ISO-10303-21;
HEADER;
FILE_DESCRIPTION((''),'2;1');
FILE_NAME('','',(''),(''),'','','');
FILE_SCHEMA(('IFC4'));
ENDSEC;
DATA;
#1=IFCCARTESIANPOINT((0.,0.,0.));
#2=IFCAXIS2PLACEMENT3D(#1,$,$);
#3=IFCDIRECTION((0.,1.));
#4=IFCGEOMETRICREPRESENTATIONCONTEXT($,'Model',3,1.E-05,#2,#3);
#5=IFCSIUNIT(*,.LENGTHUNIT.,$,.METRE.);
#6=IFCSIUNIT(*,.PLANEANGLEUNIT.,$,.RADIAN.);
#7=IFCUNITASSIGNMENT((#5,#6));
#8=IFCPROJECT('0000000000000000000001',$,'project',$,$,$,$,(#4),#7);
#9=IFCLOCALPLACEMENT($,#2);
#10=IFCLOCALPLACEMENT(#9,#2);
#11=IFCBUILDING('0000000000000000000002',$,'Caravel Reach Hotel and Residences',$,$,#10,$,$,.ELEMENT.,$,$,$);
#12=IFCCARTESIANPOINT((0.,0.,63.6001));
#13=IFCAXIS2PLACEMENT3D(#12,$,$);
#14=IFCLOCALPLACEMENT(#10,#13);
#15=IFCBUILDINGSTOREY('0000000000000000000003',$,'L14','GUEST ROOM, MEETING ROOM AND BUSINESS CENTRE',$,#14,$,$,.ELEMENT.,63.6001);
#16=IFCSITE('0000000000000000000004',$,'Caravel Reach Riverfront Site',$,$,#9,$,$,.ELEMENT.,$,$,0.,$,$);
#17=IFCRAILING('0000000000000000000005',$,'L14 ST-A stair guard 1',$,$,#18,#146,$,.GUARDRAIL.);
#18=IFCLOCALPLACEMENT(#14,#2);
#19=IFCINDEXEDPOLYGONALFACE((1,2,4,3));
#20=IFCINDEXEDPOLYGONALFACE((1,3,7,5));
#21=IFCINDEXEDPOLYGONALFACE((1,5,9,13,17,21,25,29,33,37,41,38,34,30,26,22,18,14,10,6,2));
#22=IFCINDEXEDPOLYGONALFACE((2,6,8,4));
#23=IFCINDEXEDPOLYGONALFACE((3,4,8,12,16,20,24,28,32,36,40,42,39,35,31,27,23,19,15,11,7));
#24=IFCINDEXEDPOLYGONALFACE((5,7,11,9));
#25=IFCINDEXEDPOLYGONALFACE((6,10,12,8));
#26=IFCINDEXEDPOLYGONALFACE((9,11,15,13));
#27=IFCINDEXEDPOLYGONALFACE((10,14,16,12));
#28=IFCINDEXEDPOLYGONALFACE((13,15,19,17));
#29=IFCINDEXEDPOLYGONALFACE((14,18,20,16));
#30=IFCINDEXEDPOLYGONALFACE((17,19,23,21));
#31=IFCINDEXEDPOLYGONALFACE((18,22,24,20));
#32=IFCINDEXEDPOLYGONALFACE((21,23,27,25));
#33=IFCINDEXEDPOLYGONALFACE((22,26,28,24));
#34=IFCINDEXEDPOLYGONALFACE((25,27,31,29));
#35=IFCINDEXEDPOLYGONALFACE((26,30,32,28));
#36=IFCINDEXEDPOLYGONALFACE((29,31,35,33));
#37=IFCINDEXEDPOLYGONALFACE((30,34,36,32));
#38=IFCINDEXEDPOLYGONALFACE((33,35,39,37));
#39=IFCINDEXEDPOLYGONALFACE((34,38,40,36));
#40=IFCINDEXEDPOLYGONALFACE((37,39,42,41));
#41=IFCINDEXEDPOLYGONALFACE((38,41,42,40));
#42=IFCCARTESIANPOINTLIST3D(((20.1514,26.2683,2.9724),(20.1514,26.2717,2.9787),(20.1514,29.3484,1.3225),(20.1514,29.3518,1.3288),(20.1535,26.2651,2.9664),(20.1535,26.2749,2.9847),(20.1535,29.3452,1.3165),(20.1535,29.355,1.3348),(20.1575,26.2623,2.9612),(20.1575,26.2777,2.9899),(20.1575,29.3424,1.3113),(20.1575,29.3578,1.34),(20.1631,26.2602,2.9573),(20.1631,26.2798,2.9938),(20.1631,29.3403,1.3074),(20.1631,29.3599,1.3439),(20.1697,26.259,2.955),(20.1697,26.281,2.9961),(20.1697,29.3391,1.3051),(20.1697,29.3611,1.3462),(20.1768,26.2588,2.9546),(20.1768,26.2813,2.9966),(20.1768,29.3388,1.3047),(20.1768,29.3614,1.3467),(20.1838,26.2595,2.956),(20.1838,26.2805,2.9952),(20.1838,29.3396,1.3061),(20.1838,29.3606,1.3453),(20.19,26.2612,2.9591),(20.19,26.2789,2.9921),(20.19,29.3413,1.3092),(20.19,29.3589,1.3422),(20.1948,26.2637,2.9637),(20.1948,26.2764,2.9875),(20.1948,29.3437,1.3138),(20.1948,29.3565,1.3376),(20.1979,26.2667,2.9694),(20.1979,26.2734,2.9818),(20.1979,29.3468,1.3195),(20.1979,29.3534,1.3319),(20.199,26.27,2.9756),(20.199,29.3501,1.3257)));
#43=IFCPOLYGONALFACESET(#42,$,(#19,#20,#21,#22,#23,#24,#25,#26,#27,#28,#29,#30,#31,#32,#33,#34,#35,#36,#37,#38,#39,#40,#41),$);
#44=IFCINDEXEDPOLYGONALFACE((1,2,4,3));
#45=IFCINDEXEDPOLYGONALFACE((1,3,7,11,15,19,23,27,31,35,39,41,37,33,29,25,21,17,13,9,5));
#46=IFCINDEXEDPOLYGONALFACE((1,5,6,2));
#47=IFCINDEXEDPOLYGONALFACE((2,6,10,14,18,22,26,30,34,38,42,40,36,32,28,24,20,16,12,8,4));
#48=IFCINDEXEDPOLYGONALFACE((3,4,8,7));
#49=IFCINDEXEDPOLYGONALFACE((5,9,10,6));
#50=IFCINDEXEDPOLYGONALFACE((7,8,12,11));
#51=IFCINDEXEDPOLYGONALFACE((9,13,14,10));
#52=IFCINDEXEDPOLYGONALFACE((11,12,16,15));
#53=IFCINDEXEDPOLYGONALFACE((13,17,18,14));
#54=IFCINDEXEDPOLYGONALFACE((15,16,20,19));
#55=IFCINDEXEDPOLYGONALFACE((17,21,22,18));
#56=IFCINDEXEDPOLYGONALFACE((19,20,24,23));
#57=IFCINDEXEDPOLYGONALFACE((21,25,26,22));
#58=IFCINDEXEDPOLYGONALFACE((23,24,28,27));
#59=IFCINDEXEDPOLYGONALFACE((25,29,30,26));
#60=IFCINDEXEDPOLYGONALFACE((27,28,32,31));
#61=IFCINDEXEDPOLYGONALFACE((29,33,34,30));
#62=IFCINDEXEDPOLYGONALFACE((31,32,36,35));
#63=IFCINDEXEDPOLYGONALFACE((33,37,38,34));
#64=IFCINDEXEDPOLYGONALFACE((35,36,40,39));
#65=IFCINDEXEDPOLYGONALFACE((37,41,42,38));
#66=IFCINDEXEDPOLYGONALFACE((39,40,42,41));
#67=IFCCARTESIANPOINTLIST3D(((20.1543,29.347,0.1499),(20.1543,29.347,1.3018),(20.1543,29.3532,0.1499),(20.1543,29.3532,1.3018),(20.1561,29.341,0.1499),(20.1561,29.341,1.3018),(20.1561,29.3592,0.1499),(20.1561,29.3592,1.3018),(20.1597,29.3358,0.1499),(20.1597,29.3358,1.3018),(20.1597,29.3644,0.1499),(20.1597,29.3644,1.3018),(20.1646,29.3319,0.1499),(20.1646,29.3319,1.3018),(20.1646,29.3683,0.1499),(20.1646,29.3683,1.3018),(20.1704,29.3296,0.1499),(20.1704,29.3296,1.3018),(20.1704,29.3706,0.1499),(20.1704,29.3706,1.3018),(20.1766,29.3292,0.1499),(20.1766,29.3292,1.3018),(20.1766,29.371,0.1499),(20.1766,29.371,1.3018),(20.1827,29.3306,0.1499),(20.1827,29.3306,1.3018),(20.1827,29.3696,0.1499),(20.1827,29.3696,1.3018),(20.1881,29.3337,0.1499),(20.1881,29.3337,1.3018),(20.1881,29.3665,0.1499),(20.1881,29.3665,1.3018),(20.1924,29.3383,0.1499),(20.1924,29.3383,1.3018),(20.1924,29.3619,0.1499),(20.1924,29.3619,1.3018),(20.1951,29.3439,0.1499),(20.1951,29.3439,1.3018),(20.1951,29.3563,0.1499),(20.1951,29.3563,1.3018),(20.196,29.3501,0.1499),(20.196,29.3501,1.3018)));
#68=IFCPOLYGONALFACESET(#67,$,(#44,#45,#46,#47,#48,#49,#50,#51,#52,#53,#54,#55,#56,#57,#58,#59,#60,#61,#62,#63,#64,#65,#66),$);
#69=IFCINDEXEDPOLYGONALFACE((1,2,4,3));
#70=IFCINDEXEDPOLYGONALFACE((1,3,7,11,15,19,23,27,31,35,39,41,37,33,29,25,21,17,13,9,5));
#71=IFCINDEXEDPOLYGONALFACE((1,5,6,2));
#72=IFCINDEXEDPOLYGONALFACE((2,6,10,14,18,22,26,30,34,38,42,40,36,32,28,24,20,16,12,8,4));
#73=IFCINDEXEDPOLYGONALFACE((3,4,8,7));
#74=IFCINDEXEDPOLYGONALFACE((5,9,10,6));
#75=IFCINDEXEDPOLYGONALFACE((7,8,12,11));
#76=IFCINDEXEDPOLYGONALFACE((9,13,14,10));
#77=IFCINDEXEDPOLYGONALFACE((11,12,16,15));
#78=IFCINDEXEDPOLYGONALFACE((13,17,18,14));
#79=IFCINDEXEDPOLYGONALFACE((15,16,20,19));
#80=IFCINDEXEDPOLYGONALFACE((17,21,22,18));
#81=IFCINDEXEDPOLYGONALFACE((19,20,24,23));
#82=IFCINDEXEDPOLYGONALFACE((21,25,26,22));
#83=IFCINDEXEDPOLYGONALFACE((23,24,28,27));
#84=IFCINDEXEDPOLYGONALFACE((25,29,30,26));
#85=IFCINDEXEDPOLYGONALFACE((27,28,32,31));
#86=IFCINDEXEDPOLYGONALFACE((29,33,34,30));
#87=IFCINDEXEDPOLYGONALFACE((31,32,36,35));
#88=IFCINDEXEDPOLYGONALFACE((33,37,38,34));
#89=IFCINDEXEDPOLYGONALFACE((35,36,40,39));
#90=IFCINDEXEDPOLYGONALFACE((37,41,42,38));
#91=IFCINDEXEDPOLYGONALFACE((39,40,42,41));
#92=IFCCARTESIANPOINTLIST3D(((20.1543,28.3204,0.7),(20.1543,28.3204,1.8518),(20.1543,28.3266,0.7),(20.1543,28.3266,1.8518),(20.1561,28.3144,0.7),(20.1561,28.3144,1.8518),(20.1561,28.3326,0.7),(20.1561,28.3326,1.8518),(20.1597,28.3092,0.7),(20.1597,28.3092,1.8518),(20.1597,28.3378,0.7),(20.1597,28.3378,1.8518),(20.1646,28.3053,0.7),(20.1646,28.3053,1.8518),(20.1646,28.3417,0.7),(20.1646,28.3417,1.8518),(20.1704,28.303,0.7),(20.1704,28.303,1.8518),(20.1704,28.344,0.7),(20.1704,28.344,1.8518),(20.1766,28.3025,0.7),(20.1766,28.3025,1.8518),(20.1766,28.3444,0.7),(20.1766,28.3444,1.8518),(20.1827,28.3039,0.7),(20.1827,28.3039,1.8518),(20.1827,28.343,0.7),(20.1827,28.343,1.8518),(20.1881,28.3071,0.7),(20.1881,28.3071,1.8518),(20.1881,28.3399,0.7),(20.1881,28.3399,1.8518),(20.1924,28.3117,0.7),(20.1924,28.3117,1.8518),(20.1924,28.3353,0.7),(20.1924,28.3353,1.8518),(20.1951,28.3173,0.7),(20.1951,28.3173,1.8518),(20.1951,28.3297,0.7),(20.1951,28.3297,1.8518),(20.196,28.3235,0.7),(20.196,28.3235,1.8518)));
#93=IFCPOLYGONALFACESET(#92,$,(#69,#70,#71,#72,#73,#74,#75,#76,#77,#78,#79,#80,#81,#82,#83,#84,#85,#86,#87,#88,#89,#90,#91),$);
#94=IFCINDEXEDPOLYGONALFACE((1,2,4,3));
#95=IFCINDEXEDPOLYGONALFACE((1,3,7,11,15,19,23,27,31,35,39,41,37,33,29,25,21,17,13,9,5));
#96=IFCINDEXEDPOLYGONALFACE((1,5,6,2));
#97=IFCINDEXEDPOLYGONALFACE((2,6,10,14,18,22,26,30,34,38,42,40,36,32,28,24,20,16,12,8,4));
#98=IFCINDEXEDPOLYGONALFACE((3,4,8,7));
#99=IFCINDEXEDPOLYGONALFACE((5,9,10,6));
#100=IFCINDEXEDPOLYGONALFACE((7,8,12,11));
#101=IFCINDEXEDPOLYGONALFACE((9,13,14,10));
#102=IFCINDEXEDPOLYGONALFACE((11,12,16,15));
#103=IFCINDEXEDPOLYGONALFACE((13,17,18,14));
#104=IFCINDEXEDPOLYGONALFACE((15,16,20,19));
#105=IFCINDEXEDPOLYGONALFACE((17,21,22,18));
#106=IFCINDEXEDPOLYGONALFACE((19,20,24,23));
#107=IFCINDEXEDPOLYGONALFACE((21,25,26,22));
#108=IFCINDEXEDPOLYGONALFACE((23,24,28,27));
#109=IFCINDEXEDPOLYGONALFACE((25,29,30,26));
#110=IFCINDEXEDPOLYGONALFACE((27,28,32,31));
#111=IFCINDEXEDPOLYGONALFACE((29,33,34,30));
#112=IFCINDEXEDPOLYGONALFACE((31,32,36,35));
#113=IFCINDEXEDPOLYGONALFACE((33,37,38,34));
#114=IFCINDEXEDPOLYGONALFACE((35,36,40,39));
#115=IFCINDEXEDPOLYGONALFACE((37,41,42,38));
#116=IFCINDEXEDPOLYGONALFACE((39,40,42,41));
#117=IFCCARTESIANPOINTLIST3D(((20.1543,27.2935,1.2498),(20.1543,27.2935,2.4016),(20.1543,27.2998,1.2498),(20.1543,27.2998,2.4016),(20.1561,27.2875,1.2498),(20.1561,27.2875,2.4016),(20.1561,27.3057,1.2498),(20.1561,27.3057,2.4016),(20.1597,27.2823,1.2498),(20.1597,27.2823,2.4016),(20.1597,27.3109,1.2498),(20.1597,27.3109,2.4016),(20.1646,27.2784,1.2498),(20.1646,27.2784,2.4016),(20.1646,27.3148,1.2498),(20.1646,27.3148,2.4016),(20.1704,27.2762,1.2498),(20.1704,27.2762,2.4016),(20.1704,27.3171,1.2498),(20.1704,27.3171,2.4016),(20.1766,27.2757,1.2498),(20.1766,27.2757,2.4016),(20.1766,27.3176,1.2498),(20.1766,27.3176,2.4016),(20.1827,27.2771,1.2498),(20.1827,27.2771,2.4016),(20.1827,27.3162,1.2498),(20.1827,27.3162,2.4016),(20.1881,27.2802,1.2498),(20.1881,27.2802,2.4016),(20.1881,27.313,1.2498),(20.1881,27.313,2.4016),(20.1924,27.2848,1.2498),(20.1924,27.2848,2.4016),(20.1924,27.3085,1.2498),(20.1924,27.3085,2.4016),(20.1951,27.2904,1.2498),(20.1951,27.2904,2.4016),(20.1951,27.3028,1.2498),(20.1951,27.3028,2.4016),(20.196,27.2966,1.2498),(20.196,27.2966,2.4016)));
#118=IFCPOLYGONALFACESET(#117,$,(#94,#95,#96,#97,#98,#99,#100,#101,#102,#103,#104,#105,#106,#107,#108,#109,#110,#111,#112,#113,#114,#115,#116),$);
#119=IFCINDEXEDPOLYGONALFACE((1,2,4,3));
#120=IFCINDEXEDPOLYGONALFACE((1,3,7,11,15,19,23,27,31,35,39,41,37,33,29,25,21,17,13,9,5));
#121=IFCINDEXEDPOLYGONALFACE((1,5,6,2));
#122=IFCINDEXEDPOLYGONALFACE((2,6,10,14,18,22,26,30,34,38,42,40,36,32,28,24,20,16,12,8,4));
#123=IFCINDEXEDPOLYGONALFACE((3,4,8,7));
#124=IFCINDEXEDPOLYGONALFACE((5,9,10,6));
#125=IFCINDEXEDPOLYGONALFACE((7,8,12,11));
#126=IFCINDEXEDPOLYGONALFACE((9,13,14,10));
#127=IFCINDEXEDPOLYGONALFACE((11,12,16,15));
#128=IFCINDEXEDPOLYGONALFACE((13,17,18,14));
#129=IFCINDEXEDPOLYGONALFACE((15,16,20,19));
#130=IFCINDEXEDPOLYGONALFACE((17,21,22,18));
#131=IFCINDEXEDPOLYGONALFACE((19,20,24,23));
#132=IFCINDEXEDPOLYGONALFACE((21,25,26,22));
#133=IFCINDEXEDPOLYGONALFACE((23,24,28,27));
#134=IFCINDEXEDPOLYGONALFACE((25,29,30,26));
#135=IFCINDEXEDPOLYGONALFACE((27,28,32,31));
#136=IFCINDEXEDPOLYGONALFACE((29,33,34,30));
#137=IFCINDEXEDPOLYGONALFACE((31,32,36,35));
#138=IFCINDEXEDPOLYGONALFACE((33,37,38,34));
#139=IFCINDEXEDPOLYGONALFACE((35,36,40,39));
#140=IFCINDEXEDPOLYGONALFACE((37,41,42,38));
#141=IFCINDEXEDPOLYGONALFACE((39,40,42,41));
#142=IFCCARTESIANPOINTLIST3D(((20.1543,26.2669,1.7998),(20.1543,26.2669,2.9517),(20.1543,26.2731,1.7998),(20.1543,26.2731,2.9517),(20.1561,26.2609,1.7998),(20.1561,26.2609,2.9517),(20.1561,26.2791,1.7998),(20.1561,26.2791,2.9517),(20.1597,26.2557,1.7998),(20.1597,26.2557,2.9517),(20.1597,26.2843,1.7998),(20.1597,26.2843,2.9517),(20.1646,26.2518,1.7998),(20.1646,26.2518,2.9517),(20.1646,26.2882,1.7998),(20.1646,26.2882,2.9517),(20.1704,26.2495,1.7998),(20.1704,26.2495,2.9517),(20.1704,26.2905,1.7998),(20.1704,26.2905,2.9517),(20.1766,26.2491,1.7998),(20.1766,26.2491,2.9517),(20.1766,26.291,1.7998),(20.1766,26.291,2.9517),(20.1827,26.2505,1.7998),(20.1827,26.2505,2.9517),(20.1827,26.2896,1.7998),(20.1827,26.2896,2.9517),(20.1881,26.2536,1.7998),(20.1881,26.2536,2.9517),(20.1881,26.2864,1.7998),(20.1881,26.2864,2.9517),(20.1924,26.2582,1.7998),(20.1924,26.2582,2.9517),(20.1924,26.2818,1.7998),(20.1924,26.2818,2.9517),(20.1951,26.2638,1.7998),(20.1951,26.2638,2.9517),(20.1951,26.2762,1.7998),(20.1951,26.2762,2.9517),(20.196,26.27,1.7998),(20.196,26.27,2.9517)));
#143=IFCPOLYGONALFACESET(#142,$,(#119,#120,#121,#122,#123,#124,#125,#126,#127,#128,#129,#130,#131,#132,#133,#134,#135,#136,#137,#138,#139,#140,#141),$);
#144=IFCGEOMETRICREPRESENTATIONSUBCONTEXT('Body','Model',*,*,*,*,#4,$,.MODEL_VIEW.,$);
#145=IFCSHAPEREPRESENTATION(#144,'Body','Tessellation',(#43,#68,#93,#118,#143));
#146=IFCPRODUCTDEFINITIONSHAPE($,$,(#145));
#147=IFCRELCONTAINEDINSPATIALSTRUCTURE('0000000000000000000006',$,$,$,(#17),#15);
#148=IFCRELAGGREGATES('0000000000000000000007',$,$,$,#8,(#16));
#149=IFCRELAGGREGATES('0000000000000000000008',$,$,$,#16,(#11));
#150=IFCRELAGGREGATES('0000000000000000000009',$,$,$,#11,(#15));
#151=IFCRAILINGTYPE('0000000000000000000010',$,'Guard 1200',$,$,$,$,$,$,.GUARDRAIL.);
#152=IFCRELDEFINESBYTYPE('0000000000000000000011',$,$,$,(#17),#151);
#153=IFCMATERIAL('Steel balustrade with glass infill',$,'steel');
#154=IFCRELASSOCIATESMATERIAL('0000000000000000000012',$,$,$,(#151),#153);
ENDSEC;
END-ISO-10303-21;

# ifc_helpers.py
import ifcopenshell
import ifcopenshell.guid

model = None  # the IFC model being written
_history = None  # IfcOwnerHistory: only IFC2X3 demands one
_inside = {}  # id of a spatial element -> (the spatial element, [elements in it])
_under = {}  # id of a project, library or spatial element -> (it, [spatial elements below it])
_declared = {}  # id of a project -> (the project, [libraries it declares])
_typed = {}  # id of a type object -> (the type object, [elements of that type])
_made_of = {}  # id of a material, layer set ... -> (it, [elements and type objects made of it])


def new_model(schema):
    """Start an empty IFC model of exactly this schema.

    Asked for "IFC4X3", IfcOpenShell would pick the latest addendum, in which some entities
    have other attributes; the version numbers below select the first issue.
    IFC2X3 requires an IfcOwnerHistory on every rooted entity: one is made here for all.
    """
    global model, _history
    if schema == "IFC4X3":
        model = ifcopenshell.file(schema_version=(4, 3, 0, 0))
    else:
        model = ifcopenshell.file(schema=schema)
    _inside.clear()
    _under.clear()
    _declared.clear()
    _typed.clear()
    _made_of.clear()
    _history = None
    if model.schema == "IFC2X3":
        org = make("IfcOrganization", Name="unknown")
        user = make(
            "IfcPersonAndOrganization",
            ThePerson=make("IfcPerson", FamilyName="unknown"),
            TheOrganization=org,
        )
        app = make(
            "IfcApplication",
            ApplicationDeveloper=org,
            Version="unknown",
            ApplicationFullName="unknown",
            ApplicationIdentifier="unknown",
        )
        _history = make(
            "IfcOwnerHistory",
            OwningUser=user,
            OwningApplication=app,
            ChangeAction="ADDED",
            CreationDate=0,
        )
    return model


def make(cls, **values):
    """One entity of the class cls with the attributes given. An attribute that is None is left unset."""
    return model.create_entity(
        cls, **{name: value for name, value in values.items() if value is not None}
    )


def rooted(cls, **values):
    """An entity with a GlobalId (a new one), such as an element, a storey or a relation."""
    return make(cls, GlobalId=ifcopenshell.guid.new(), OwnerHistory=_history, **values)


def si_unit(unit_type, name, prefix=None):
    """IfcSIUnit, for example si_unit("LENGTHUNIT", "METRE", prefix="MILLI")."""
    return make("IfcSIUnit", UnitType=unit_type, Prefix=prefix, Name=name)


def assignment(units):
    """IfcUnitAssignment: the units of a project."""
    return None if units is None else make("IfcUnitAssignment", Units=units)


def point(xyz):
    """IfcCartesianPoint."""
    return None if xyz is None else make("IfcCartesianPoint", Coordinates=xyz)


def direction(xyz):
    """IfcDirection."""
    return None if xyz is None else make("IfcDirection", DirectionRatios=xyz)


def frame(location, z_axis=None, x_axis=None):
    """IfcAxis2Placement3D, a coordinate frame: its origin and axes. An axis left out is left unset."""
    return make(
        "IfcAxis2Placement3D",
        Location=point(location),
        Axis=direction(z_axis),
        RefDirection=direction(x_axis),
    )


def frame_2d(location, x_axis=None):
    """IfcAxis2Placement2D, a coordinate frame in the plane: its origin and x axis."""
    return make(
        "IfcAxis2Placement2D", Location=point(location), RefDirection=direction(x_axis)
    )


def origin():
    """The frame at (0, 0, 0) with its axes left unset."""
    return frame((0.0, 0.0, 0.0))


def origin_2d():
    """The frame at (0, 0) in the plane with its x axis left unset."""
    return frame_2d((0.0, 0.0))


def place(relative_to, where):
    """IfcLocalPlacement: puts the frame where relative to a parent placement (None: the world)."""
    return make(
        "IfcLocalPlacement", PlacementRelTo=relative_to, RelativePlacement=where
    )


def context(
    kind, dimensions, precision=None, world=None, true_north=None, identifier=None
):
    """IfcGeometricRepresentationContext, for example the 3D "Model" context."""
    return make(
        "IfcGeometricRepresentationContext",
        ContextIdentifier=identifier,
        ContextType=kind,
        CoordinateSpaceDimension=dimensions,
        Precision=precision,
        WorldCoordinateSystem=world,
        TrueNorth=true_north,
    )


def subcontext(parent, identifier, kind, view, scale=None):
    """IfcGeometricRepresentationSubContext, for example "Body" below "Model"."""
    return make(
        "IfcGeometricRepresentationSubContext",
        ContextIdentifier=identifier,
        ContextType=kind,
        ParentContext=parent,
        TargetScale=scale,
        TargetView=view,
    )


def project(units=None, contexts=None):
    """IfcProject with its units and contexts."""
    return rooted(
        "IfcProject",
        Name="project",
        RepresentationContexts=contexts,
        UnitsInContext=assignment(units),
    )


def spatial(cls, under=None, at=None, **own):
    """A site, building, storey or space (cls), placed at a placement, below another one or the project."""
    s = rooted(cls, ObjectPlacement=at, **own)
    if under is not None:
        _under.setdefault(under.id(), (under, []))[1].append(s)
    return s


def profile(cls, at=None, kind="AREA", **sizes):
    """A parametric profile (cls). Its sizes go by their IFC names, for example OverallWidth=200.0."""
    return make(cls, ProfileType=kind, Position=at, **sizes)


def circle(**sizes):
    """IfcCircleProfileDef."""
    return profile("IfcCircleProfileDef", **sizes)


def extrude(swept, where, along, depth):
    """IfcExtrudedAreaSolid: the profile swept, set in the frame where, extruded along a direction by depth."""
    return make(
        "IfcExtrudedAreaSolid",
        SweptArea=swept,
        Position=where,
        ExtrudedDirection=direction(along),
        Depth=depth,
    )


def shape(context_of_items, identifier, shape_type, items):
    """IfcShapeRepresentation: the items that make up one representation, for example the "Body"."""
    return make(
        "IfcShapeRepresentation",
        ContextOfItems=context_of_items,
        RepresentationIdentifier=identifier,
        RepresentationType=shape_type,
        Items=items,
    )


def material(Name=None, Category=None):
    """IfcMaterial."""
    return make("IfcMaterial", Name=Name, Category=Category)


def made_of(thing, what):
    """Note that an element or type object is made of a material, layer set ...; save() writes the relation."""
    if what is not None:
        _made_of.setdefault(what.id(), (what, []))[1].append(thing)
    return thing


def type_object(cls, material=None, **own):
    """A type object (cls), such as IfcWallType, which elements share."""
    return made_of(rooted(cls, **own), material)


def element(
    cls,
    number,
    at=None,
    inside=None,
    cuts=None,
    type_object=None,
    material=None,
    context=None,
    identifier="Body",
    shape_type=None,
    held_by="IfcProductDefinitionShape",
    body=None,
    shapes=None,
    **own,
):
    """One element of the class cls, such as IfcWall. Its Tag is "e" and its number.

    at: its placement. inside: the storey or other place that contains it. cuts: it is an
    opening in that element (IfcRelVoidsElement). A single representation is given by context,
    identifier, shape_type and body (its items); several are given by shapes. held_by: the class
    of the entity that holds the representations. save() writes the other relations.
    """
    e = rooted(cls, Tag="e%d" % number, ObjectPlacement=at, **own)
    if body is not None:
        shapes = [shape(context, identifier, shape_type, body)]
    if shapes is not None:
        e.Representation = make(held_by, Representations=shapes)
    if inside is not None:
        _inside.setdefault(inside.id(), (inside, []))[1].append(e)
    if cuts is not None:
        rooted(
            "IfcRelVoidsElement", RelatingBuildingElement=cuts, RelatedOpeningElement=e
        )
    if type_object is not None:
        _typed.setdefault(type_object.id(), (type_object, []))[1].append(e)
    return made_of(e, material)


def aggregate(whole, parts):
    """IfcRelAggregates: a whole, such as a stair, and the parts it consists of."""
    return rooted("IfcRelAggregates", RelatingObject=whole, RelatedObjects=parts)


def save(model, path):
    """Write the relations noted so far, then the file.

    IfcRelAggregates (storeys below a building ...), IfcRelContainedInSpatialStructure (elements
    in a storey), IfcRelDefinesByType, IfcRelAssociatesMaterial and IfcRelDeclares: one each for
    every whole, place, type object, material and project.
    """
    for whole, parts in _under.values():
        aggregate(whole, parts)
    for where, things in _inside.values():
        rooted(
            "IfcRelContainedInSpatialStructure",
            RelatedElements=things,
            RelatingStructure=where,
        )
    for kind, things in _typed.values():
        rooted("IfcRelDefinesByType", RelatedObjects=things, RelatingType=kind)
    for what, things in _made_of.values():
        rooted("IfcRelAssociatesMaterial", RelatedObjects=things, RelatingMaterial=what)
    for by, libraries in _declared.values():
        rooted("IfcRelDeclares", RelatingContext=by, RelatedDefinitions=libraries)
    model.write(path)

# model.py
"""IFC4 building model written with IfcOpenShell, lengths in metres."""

from ifc_helpers import new_model, si_unit, direction, frame, origin, origin_2d, place, context, subcontext, project, spatial, circle, extrude, material, type_object, element, save


model = new_model("IFC4")

# Units and contexts
model_context = context("Model", 3, precision=1e-05, world=origin(), true_north=direction((0.0, 1.0)))
body_context = subcontext(model_context, "Body", "Model", "MODEL_VIEW")
ifc_project = project(units=[si_unit("LENGTHUNIT", "METRE"), si_unit("PLANEANGLEUNIT", "RADIAN")], contexts=[model_context])

# Site, building, storey
site_placement = place(None, origin())
site = spatial("IfcSite", under=ifc_project, at=site_placement, Name="Caravel Reach Riverfront Site", CompositionType="ELEMENT", RefElevation=0.0)
building_placement = place(site_placement, origin())
building = spatial("IfcBuilding", under=site, at=building_placement, Name="Caravel Reach Hotel and Residences", CompositionType="ELEMENT")
storey_placement = place(building_placement, frame((0.0, 0.0, 63.6001)))
storey = spatial("IfcBuildingStorey", under=building, at=storey_placement, Name="L14", Description="GUEST ROOM, MEETING ROOM AND BUSINESS CENTRE", CompositionType="ELEMENT", Elevation=63.6001)

# Railing
ifc_material_1 = material(Name="Steel balustrade with glass infill", Category="steel")
railing_type_1 = type_object("IfcRailingType", Name="Guard 1200", PredefinedType="GUARDRAIL", material=ifc_material_1)
railing_1_placement = place(storey_placement, frame((20.175, 29.3501, 0.1499)))
element("IfcRailing", 1, at=railing_1_placement, inside=storey, type_object=railing_type_1, Name="L14 ST-A stair guard 1", PredefinedType="GUARDRAIL", context=body_context, shape_type="SweptSolid", body=[
    extrude(circle(Radius=0.0239, at=origin_2d()), frame((0.0, 0.0, 1.1758), z_axis=(0.0, -0.881497, 0.47219), x_axis=(1.0, 0.0, 0.0)), (0.0, 0.0, 1.0), 3.4941),
    extrude(circle(Radius=0.021, at=origin_2d()), origin(), (0.0, 0.0, 1.0), 1.1519),
    extrude(circle(Radius=0.021, at=origin_2d()), frame((0.0, -1.0266, 0.55)), (0.0, 0.0, 1.0), 1.1519),
    extrude(circle(Radius=0.021, at=origin_2d()), frame((0.0, -2.0535, 1.0999)), (0.0, 0.0, 1.0), 1.1519),
    extrude(circle(Radius=0.021, at=origin_2d()), frame((0.0, -3.0801, 1.6499)), (0.0, 0.0, 1.0), 1.1519),
])

save(model, "model.ifc")
